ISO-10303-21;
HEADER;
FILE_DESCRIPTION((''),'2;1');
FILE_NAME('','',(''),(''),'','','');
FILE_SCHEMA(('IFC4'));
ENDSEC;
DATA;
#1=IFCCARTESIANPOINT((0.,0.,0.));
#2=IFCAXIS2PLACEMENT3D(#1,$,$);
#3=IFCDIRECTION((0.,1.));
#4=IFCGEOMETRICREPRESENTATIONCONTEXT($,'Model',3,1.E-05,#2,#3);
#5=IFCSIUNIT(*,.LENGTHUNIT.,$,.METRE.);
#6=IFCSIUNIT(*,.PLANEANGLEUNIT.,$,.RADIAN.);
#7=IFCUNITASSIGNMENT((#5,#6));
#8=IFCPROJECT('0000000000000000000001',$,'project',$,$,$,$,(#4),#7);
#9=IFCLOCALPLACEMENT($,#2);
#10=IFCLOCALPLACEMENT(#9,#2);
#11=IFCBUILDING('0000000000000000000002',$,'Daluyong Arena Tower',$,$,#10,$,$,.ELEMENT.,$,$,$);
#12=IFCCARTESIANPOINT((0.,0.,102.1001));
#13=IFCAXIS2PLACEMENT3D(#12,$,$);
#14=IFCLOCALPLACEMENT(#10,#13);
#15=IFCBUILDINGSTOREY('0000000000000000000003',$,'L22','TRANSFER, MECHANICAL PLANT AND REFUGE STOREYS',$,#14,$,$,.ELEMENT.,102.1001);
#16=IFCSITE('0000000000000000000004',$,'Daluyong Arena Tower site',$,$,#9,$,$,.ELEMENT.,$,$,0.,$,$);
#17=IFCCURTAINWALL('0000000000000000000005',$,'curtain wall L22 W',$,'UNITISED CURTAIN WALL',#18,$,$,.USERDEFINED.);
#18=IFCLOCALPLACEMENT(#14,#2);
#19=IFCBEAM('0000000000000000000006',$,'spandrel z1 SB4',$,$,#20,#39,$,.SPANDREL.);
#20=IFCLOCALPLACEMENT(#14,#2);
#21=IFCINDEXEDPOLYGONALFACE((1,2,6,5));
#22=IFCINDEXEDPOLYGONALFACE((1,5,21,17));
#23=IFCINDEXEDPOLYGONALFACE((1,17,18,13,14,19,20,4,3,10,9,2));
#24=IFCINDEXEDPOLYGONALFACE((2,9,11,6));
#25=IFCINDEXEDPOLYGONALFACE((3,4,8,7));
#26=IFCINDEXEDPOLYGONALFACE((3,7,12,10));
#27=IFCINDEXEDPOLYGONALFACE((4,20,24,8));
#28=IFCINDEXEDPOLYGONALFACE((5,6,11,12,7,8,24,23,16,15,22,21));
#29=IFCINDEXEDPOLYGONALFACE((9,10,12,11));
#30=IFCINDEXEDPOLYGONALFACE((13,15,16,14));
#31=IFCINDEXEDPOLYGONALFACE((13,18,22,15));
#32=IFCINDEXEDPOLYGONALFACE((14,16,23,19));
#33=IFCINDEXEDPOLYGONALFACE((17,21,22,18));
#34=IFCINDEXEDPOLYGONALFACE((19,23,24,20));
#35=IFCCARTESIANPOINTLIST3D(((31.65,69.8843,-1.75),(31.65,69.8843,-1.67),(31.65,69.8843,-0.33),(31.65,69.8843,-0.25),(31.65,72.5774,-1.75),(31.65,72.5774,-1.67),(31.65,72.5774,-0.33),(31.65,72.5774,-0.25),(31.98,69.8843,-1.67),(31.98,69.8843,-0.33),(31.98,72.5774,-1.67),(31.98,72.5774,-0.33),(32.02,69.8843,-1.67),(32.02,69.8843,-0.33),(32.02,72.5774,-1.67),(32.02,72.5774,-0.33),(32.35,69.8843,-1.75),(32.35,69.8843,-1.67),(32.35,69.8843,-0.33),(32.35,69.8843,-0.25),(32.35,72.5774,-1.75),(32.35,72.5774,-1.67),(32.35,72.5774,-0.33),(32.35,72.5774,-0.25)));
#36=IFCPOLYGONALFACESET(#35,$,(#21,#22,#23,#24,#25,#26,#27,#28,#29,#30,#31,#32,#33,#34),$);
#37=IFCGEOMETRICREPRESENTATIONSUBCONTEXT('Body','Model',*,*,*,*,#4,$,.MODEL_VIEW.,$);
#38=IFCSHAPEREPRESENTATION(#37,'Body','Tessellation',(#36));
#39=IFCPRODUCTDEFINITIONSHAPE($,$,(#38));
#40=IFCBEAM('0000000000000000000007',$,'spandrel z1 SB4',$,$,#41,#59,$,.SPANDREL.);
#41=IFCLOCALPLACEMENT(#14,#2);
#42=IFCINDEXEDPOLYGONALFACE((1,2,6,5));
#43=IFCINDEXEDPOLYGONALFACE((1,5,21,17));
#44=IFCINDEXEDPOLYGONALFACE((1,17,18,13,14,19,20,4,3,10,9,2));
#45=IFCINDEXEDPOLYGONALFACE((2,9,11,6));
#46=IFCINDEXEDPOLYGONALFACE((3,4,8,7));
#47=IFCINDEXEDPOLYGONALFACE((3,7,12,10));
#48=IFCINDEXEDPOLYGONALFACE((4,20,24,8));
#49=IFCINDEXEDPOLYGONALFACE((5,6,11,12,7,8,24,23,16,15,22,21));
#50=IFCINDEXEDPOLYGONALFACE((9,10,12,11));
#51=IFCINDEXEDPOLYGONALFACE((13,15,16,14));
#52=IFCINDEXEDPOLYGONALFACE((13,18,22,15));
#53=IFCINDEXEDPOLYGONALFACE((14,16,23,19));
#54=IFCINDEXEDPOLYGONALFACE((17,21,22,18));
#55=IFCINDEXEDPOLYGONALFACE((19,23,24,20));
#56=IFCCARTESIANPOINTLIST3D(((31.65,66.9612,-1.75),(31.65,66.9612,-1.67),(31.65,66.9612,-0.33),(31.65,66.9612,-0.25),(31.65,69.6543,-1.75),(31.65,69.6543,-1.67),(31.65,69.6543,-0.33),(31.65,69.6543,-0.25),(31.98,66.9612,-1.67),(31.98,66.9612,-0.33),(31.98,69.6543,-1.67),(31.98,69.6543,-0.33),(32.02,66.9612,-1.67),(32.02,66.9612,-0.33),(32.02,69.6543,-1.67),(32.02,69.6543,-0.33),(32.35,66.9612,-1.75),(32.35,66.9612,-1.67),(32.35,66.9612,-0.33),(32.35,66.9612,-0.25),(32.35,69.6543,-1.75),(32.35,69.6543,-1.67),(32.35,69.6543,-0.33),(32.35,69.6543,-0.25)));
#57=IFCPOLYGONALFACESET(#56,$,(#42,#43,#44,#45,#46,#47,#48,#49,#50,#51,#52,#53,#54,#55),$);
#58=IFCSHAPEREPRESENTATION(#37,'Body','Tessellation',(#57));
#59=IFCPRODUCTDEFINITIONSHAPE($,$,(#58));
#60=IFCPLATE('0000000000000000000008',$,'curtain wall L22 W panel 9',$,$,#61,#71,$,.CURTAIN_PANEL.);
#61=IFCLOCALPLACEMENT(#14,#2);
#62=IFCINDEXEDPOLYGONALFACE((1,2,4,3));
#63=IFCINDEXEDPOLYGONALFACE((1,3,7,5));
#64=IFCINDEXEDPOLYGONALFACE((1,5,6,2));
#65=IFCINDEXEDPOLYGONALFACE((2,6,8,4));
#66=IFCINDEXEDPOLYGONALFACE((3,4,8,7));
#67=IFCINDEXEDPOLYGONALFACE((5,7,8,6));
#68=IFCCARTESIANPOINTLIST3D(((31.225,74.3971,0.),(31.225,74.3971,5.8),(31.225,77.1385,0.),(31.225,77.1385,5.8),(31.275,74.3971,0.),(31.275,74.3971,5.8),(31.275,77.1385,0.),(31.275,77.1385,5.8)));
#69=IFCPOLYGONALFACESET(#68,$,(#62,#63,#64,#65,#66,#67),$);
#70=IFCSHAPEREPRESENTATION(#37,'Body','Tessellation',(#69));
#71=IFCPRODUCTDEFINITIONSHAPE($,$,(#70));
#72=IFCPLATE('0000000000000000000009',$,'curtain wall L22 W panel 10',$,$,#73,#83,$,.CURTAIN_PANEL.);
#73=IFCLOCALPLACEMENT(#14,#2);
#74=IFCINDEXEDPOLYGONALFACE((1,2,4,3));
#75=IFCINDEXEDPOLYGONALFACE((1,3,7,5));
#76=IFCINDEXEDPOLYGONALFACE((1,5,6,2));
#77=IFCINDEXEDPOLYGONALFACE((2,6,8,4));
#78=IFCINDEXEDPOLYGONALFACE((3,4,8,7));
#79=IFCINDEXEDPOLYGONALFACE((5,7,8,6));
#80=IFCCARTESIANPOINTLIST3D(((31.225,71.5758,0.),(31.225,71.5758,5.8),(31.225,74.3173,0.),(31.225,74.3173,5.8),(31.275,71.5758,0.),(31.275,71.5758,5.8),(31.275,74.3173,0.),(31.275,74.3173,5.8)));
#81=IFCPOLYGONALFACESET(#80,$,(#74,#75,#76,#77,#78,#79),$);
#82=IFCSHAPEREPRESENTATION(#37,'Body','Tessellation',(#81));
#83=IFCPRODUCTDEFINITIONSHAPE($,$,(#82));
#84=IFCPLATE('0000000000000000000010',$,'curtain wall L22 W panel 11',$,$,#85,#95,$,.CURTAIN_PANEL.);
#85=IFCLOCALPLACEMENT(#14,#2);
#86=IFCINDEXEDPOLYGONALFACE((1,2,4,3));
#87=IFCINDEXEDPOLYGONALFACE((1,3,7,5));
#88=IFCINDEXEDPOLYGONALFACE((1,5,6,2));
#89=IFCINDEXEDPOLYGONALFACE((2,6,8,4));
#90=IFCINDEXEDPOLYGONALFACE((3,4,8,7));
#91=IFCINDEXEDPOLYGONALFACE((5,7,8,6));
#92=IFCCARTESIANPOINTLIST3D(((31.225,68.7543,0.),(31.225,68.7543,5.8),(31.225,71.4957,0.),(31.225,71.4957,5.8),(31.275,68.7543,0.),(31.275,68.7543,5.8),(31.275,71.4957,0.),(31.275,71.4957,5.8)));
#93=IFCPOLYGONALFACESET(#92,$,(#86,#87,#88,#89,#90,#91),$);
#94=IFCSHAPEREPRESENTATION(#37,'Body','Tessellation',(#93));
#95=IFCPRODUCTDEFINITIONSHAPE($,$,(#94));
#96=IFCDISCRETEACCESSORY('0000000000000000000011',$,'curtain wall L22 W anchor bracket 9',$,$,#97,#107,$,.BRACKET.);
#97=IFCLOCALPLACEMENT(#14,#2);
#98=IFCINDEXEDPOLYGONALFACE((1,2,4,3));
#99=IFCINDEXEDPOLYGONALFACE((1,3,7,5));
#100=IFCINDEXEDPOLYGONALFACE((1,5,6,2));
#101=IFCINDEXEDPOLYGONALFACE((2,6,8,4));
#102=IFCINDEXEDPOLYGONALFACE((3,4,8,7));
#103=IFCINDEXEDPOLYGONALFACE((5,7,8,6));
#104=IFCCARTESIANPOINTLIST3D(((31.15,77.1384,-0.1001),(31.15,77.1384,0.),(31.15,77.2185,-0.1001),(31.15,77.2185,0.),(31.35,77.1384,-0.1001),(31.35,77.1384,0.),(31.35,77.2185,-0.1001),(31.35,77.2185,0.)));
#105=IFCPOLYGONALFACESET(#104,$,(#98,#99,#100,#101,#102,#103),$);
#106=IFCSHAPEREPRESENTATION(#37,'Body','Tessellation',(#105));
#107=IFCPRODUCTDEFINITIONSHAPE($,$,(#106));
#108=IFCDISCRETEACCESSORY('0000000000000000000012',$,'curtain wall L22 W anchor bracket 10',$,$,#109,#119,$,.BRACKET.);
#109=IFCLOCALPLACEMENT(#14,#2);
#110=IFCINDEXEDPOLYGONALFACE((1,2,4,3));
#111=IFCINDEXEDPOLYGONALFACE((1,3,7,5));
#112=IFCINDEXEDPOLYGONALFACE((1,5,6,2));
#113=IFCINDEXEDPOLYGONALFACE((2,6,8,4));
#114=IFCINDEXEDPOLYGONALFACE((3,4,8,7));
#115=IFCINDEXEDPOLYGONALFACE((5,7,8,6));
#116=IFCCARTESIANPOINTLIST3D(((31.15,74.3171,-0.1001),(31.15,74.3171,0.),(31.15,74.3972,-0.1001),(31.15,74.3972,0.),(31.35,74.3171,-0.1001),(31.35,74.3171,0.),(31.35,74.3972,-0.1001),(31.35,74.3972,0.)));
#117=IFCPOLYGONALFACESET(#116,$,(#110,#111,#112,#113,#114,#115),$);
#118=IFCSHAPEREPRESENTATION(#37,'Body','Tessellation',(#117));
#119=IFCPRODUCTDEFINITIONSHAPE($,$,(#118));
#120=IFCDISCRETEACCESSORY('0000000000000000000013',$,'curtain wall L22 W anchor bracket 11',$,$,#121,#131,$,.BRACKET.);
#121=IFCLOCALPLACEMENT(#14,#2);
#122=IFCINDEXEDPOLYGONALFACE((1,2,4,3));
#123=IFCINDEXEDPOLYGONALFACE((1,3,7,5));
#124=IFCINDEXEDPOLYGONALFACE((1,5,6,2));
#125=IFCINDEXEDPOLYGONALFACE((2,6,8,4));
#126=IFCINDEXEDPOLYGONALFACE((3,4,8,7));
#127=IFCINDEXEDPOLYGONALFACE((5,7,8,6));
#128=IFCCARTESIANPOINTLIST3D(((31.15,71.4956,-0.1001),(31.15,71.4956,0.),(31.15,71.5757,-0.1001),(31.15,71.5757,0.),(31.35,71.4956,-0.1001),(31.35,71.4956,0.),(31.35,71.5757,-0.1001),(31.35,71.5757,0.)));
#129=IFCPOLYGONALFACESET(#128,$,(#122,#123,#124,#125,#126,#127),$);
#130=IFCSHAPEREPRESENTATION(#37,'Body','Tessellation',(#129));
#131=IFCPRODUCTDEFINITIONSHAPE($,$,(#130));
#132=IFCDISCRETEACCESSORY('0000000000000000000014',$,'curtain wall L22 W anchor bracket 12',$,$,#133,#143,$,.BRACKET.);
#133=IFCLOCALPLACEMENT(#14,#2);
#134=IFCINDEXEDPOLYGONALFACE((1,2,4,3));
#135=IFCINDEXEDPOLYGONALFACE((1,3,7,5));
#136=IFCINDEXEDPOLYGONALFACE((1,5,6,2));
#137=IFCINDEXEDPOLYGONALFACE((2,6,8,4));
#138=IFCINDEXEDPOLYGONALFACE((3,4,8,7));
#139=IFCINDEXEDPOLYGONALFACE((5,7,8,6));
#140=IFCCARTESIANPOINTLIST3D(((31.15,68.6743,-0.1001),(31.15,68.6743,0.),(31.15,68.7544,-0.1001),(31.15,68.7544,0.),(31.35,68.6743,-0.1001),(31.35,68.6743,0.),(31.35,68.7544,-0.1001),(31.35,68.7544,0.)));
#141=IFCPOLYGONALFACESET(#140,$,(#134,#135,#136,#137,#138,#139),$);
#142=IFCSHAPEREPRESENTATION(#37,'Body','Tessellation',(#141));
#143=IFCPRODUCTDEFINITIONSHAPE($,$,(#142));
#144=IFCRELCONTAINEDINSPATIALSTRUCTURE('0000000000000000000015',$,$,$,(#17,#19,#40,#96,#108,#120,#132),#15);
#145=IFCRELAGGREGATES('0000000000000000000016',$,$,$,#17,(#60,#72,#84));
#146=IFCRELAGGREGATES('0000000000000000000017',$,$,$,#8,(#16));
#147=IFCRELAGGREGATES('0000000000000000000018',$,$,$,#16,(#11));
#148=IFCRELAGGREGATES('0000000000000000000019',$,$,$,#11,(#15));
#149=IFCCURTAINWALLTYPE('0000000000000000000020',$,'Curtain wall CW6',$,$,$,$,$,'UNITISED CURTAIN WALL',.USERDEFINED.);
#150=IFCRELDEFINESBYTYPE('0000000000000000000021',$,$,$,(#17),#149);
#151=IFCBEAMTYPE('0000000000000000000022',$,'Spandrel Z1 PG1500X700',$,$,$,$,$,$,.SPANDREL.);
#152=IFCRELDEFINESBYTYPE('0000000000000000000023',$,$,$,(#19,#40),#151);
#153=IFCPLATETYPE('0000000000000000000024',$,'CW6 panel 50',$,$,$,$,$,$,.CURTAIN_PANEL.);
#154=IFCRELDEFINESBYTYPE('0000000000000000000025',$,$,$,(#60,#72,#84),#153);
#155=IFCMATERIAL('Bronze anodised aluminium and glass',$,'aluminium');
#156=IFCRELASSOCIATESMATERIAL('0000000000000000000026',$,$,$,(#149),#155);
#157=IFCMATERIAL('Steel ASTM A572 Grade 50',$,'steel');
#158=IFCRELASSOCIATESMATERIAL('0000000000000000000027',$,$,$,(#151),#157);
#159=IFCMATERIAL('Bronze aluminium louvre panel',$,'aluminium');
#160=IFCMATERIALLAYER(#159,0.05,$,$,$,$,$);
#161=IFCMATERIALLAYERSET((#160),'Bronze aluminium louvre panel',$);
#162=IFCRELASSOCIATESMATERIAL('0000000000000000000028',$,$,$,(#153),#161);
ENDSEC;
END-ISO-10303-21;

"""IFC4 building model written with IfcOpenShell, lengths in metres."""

from ifc_helpers import new_model, si_unit, direction, frame, origin, origin_2d, place, context, subcontext, project, spatial, rectangle, i_section, extrude, material, layer, layer_set, material_profile, profile_set, type_object, element, aggregate, save


model = new_model("IFC4")

# Units and contexts
model_context = context("Model", 3, precision=1e-05, world=origin(), true_north=direction((0.0, 1.0)))
body_context = subcontext(model_context, "Body", "Model", "MODEL_VIEW")
ifc_project = project(units=[si_unit("LENGTHUNIT", "METRE"), si_unit("PLANEANGLEUNIT", "RADIAN")], contexts=[model_context])

# Site, building, storey
site_placement = place(None, origin())
site = spatial("IfcSite", under=ifc_project, at=site_placement, Name="Daluyong Arena Tower site", CompositionType="ELEMENT", RefElevation=0.0)
building_placement = place(site_placement, origin())
building = spatial("IfcBuilding", under=site, at=building_placement, Name="Daluyong Arena Tower", CompositionType="ELEMENT")
storey_placement = place(building_placement, frame((0.0, 0.0, 102.1001)))
storey = spatial("IfcBuildingStorey", under=building, at=storey_placement, Name="L22", Description="TRANSFER, MECHANICAL PLANT AND REFUGE STOREYS", CompositionType="ELEMENT", Elevation=102.1001)

# Curtain wall
ifc_material_1 = material(Name="Bronze anodised aluminium and glass", Category="aluminium")
curtain_wall_type = type_object("IfcCurtainWallType", Name="Curtain wall CW6", ElementType="UNITISED CURTAIN WALL", PredefinedType="USERDEFINED", material=ifc_material_1)
curtain_wall_placement = place(storey_placement, origin())
curtain_wall = element("IfcCurtainWall", 1, at=curtain_wall_placement, inside=storey, type_object=curtain_wall_type, Name="curtain wall L22 W", ObjectType="UNITISED CURTAIN WALL", PredefinedType="USERDEFINED")

# Beams
ifc_material_2 = material(Name="Steel ASTM A572 Grade 50", Category="steel")
ifc_material_profile_1 = material_profile(ifc_material_2, i_section(OverallWidth=0.7, OverallDepth=1.5, WebThickness=0.04, FlangeThickness=0.08, at=origin_2d()))
ifc_profile_set_1 = profile_set([ifc_material_profile_1], Name="Steel ASTM A572 Grade 50")
beam_type = type_object("IfcBeamType", Name="Spandrel Z1 PG1500X700", PredefinedType="SPANDREL", material=ifc_profile_set_1)
for number, where, z_axis, x_axis, name in (
    (2, (32.0, 72.5774, -1.0), (0.0, -1.0, 0.0), (1.0, 0.0, 0.0), "spandrel z1 SB4"),
    (3, (32.0, 69.6543, -1.0), (0.0, -1.0, 0.0), (1.0, 0.0, 0.0), "spandrel z1 SB4"),
):
    element("IfcBeam", number, at=place(storey_placement, frame(where, z_axis=z_axis, x_axis=x_axis)), inside=storey, type_object=beam_type, Name=name, PredefinedType="SPANDREL", context=body_context, shape_type="SweptSolid", body=[
        extrude(i_section(OverallWidth=0.7, OverallDepth=1.5, WebThickness=0.04, FlangeThickness=0.08, at=origin_2d()), origin(), (0.0, 0.0, 1.0), 2.6931),
    ])

# Plates
ifc_material_3 = material(Name="Bronze aluminium louvre panel", Category="aluminium")
ifc_layer = layer(ifc_material_3, 0.05)
ifc_layer_set = layer_set([ifc_layer], Name="Bronze aluminium louvre panel")
plate_type = type_object("IfcPlateType", Name="CW6 panel 50", PredefinedType="CURTAIN_PANEL", material=ifc_layer_set)
plate_1_placement = place(storey_placement, frame((31.25, 75.7678, 0.0), z_axis=(0.0, 0.0, 1.0), x_axis=(0.0, -1.0, 0.0)))
plate_1 = element("IfcPlate", 4, at=plate_1_placement, type_object=plate_type, Name="curtain wall L22 W panel 9", PredefinedType="CURTAIN_PANEL", context=body_context, shape_type="SweptSolid", body=[
    extrude(rectangle(XDim=2.7415, YDim=0.05, at=origin_2d()), origin(), (0.0, 0.0, 1.0), 5.8),
])
plate_2_placement = place(storey_placement, frame((31.25, 72.9465, 0.0), z_axis=(0.0, 0.0, 1.0), x_axis=(0.0, -1.0, 0.0)))
plate_2 = element("IfcPlate", 5, at=plate_2_placement, type_object=plate_type, Name="curtain wall L22 W panel 10", PredefinedType="CURTAIN_PANEL", context=body_context, shape_type="SweptSolid", body=[
    extrude(rectangle(XDim=2.7415, YDim=0.05, at=origin_2d()), origin(), (0.0, 0.0, 1.0), 5.8),
])
plate_3_placement = place(storey_placement, frame((31.25, 70.125, 0.0), z_axis=(0.0, 0.0, 1.0), x_axis=(0.0, -1.0, 0.0)))
plate_3 = element("IfcPlate", 6, at=plate_3_placement, type_object=plate_type, Name="curtain wall L22 W panel 11", PredefinedType="CURTAIN_PANEL", context=body_context, shape_type="SweptSolid", body=[
    extrude(rectangle(XDim=2.7415, YDim=0.05, at=origin_2d()), origin(), (0.0, 0.0, 1.0), 5.8),
])
aggregate(curtain_wall, [plate_1, plate_2, plate_3])

# Discrete accessories
for number, where, z_axis, x_axis, name in (
    (7, (31.25, 77.1785, -0.1001), (0.0, 0.0, 1.0), (0.0, -1.0, 0.0), "curtain wall L22 W anchor bracket 9"),
    (8, (31.25, 74.3572, -0.1001), (0.0, 0.0, 1.0), (0.0, -1.0, 0.0), "curtain wall L22 W anchor bracket 10"),
    (9, (31.25, 71.5356, -0.1001), (0.0, 0.0, 1.0), (0.0, -1.0, 0.0), "curtain wall L22 W anchor bracket 11"),
    (10, (31.25, 68.7144, -0.1001), (0.0, 0.0, 1.0), (0.0, -1.0, 0.0), "curtain wall L22 W anchor bracket 12"),
):
    element("IfcDiscreteAccessory", number, at=place(storey_placement, frame(where, z_axis=z_axis, x_axis=x_axis)), inside=storey, Name=name, PredefinedType="BRACKET", context=body_context, shape_type="SweptSolid", body=[
        extrude(rectangle(XDim=0.0801, YDim=0.2, at=origin_2d()), origin(), (0.0, 0.0, 1.0), 0.1001),
    ])

save(model, "model.ifc")
